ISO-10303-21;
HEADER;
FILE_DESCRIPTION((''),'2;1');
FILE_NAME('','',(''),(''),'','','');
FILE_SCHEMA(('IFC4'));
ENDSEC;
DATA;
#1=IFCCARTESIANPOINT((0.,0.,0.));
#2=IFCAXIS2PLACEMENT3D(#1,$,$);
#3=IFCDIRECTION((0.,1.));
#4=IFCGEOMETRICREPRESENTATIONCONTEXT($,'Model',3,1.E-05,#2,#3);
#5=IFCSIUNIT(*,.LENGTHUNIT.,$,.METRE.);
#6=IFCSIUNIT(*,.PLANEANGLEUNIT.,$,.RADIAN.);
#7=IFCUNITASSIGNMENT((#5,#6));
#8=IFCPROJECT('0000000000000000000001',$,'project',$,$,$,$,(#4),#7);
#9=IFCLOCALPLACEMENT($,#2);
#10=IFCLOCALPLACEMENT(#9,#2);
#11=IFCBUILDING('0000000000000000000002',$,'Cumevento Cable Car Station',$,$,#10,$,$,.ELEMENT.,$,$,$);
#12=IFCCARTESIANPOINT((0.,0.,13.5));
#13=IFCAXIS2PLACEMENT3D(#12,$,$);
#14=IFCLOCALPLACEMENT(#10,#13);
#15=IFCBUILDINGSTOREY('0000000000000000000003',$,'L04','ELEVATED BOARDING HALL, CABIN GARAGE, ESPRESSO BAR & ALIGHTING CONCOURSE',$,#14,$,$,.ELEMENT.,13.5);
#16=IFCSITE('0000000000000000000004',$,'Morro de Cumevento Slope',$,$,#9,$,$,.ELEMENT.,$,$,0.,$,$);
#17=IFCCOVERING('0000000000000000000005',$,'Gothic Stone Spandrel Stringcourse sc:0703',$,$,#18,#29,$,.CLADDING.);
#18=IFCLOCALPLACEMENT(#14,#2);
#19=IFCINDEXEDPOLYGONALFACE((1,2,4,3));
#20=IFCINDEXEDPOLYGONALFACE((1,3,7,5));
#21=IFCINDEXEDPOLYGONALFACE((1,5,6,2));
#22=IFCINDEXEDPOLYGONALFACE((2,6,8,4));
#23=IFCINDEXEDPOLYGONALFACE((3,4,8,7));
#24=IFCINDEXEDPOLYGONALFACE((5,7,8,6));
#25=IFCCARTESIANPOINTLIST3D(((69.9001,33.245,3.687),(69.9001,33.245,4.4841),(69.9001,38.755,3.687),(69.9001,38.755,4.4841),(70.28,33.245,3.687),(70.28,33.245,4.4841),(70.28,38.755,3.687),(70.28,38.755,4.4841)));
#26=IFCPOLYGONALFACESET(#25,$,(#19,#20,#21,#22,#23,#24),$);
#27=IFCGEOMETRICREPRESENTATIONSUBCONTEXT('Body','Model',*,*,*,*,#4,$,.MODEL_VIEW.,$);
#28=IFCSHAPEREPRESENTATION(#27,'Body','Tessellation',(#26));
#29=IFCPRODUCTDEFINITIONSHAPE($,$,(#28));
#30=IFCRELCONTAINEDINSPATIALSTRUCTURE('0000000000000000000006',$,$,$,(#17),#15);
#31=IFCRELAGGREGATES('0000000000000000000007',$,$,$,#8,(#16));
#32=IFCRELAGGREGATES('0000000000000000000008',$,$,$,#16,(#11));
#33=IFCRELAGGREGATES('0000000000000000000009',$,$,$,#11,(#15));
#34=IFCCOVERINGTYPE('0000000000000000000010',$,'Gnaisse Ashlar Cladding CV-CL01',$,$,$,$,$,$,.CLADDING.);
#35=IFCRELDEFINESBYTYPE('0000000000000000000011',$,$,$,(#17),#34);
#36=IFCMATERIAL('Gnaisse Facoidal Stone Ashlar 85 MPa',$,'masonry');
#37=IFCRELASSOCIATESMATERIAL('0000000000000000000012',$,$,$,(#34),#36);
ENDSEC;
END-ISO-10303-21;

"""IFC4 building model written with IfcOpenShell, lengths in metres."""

from ifc_helpers import new_model, si_unit, direction, frame, origin, origin_2d, place, context, subcontext, project, spatial, rectangle, extrude, material, type_object, element, save


model = new_model("IFC4")

# Units and contexts
model_context = context("Model", 3, precision=1e-05, world=origin(), true_north=direction((0.0, 1.0)))
body_context = subcontext(model_context, "Body", "Model", "MODEL_VIEW")
ifc_project = project(units=[si_unit("LENGTHUNIT", "METRE"), si_unit("PLANEANGLEUNIT", "RADIAN")], contexts=[model_context])

# Site, building, storey
site_placement = place(None, origin())
site = spatial("IfcSite", under=ifc_project, at=site_placement, Name="Morro de Cumevento Slope", CompositionType="ELEMENT", RefElevation=0.0)
building_placement = place(site_placement, origin())
building = spatial("IfcBuilding", under=site, at=building_placement, Name="Cumevento Cable Car Station", CompositionType="ELEMENT")
storey_placement = place(building_placement, frame((0.0, 0.0, 13.5)))
storey = spatial("IfcBuildingStorey", under=building, at=storey_placement, Name="L04", Description="ELEVATED BOARDING HALL, CABIN GARAGE, ESPRESSO BAR & ALIGHTING CONCOURSE", CompositionType="ELEMENT", Elevation=13.5)

# Covering
ifc_material_1 = material(Name="Gnaisse Facoidal Stone Ashlar 85 MPa", Category="masonry")
covering_type = type_object("IfcCoveringType", Name="Gnaisse Ashlar Cladding CV-CL01", PredefinedType="CLADDING", material=ifc_material_1)
covering_1_placement = place(storey_placement, frame((70.0901, 36.0, 3.687), z_axis=(0.0, 0.0, 1.0), x_axis=(0.0, 1.0, 0.0)))
element("IfcCovering", 1, at=covering_1_placement, inside=storey, type_object=covering_type, Name="Gothic Stone Spandrel Stringcourse sc:0703", PredefinedType="CLADDING", context=body_context, shape_type="SweptSolid", body=[
    extrude(rectangle(XDim=5.51, YDim=0.3799, at=origin_2d()), origin(), (0.0, 0.0, 1.0), 0.7971),
])

save(model, "model.ifc")
